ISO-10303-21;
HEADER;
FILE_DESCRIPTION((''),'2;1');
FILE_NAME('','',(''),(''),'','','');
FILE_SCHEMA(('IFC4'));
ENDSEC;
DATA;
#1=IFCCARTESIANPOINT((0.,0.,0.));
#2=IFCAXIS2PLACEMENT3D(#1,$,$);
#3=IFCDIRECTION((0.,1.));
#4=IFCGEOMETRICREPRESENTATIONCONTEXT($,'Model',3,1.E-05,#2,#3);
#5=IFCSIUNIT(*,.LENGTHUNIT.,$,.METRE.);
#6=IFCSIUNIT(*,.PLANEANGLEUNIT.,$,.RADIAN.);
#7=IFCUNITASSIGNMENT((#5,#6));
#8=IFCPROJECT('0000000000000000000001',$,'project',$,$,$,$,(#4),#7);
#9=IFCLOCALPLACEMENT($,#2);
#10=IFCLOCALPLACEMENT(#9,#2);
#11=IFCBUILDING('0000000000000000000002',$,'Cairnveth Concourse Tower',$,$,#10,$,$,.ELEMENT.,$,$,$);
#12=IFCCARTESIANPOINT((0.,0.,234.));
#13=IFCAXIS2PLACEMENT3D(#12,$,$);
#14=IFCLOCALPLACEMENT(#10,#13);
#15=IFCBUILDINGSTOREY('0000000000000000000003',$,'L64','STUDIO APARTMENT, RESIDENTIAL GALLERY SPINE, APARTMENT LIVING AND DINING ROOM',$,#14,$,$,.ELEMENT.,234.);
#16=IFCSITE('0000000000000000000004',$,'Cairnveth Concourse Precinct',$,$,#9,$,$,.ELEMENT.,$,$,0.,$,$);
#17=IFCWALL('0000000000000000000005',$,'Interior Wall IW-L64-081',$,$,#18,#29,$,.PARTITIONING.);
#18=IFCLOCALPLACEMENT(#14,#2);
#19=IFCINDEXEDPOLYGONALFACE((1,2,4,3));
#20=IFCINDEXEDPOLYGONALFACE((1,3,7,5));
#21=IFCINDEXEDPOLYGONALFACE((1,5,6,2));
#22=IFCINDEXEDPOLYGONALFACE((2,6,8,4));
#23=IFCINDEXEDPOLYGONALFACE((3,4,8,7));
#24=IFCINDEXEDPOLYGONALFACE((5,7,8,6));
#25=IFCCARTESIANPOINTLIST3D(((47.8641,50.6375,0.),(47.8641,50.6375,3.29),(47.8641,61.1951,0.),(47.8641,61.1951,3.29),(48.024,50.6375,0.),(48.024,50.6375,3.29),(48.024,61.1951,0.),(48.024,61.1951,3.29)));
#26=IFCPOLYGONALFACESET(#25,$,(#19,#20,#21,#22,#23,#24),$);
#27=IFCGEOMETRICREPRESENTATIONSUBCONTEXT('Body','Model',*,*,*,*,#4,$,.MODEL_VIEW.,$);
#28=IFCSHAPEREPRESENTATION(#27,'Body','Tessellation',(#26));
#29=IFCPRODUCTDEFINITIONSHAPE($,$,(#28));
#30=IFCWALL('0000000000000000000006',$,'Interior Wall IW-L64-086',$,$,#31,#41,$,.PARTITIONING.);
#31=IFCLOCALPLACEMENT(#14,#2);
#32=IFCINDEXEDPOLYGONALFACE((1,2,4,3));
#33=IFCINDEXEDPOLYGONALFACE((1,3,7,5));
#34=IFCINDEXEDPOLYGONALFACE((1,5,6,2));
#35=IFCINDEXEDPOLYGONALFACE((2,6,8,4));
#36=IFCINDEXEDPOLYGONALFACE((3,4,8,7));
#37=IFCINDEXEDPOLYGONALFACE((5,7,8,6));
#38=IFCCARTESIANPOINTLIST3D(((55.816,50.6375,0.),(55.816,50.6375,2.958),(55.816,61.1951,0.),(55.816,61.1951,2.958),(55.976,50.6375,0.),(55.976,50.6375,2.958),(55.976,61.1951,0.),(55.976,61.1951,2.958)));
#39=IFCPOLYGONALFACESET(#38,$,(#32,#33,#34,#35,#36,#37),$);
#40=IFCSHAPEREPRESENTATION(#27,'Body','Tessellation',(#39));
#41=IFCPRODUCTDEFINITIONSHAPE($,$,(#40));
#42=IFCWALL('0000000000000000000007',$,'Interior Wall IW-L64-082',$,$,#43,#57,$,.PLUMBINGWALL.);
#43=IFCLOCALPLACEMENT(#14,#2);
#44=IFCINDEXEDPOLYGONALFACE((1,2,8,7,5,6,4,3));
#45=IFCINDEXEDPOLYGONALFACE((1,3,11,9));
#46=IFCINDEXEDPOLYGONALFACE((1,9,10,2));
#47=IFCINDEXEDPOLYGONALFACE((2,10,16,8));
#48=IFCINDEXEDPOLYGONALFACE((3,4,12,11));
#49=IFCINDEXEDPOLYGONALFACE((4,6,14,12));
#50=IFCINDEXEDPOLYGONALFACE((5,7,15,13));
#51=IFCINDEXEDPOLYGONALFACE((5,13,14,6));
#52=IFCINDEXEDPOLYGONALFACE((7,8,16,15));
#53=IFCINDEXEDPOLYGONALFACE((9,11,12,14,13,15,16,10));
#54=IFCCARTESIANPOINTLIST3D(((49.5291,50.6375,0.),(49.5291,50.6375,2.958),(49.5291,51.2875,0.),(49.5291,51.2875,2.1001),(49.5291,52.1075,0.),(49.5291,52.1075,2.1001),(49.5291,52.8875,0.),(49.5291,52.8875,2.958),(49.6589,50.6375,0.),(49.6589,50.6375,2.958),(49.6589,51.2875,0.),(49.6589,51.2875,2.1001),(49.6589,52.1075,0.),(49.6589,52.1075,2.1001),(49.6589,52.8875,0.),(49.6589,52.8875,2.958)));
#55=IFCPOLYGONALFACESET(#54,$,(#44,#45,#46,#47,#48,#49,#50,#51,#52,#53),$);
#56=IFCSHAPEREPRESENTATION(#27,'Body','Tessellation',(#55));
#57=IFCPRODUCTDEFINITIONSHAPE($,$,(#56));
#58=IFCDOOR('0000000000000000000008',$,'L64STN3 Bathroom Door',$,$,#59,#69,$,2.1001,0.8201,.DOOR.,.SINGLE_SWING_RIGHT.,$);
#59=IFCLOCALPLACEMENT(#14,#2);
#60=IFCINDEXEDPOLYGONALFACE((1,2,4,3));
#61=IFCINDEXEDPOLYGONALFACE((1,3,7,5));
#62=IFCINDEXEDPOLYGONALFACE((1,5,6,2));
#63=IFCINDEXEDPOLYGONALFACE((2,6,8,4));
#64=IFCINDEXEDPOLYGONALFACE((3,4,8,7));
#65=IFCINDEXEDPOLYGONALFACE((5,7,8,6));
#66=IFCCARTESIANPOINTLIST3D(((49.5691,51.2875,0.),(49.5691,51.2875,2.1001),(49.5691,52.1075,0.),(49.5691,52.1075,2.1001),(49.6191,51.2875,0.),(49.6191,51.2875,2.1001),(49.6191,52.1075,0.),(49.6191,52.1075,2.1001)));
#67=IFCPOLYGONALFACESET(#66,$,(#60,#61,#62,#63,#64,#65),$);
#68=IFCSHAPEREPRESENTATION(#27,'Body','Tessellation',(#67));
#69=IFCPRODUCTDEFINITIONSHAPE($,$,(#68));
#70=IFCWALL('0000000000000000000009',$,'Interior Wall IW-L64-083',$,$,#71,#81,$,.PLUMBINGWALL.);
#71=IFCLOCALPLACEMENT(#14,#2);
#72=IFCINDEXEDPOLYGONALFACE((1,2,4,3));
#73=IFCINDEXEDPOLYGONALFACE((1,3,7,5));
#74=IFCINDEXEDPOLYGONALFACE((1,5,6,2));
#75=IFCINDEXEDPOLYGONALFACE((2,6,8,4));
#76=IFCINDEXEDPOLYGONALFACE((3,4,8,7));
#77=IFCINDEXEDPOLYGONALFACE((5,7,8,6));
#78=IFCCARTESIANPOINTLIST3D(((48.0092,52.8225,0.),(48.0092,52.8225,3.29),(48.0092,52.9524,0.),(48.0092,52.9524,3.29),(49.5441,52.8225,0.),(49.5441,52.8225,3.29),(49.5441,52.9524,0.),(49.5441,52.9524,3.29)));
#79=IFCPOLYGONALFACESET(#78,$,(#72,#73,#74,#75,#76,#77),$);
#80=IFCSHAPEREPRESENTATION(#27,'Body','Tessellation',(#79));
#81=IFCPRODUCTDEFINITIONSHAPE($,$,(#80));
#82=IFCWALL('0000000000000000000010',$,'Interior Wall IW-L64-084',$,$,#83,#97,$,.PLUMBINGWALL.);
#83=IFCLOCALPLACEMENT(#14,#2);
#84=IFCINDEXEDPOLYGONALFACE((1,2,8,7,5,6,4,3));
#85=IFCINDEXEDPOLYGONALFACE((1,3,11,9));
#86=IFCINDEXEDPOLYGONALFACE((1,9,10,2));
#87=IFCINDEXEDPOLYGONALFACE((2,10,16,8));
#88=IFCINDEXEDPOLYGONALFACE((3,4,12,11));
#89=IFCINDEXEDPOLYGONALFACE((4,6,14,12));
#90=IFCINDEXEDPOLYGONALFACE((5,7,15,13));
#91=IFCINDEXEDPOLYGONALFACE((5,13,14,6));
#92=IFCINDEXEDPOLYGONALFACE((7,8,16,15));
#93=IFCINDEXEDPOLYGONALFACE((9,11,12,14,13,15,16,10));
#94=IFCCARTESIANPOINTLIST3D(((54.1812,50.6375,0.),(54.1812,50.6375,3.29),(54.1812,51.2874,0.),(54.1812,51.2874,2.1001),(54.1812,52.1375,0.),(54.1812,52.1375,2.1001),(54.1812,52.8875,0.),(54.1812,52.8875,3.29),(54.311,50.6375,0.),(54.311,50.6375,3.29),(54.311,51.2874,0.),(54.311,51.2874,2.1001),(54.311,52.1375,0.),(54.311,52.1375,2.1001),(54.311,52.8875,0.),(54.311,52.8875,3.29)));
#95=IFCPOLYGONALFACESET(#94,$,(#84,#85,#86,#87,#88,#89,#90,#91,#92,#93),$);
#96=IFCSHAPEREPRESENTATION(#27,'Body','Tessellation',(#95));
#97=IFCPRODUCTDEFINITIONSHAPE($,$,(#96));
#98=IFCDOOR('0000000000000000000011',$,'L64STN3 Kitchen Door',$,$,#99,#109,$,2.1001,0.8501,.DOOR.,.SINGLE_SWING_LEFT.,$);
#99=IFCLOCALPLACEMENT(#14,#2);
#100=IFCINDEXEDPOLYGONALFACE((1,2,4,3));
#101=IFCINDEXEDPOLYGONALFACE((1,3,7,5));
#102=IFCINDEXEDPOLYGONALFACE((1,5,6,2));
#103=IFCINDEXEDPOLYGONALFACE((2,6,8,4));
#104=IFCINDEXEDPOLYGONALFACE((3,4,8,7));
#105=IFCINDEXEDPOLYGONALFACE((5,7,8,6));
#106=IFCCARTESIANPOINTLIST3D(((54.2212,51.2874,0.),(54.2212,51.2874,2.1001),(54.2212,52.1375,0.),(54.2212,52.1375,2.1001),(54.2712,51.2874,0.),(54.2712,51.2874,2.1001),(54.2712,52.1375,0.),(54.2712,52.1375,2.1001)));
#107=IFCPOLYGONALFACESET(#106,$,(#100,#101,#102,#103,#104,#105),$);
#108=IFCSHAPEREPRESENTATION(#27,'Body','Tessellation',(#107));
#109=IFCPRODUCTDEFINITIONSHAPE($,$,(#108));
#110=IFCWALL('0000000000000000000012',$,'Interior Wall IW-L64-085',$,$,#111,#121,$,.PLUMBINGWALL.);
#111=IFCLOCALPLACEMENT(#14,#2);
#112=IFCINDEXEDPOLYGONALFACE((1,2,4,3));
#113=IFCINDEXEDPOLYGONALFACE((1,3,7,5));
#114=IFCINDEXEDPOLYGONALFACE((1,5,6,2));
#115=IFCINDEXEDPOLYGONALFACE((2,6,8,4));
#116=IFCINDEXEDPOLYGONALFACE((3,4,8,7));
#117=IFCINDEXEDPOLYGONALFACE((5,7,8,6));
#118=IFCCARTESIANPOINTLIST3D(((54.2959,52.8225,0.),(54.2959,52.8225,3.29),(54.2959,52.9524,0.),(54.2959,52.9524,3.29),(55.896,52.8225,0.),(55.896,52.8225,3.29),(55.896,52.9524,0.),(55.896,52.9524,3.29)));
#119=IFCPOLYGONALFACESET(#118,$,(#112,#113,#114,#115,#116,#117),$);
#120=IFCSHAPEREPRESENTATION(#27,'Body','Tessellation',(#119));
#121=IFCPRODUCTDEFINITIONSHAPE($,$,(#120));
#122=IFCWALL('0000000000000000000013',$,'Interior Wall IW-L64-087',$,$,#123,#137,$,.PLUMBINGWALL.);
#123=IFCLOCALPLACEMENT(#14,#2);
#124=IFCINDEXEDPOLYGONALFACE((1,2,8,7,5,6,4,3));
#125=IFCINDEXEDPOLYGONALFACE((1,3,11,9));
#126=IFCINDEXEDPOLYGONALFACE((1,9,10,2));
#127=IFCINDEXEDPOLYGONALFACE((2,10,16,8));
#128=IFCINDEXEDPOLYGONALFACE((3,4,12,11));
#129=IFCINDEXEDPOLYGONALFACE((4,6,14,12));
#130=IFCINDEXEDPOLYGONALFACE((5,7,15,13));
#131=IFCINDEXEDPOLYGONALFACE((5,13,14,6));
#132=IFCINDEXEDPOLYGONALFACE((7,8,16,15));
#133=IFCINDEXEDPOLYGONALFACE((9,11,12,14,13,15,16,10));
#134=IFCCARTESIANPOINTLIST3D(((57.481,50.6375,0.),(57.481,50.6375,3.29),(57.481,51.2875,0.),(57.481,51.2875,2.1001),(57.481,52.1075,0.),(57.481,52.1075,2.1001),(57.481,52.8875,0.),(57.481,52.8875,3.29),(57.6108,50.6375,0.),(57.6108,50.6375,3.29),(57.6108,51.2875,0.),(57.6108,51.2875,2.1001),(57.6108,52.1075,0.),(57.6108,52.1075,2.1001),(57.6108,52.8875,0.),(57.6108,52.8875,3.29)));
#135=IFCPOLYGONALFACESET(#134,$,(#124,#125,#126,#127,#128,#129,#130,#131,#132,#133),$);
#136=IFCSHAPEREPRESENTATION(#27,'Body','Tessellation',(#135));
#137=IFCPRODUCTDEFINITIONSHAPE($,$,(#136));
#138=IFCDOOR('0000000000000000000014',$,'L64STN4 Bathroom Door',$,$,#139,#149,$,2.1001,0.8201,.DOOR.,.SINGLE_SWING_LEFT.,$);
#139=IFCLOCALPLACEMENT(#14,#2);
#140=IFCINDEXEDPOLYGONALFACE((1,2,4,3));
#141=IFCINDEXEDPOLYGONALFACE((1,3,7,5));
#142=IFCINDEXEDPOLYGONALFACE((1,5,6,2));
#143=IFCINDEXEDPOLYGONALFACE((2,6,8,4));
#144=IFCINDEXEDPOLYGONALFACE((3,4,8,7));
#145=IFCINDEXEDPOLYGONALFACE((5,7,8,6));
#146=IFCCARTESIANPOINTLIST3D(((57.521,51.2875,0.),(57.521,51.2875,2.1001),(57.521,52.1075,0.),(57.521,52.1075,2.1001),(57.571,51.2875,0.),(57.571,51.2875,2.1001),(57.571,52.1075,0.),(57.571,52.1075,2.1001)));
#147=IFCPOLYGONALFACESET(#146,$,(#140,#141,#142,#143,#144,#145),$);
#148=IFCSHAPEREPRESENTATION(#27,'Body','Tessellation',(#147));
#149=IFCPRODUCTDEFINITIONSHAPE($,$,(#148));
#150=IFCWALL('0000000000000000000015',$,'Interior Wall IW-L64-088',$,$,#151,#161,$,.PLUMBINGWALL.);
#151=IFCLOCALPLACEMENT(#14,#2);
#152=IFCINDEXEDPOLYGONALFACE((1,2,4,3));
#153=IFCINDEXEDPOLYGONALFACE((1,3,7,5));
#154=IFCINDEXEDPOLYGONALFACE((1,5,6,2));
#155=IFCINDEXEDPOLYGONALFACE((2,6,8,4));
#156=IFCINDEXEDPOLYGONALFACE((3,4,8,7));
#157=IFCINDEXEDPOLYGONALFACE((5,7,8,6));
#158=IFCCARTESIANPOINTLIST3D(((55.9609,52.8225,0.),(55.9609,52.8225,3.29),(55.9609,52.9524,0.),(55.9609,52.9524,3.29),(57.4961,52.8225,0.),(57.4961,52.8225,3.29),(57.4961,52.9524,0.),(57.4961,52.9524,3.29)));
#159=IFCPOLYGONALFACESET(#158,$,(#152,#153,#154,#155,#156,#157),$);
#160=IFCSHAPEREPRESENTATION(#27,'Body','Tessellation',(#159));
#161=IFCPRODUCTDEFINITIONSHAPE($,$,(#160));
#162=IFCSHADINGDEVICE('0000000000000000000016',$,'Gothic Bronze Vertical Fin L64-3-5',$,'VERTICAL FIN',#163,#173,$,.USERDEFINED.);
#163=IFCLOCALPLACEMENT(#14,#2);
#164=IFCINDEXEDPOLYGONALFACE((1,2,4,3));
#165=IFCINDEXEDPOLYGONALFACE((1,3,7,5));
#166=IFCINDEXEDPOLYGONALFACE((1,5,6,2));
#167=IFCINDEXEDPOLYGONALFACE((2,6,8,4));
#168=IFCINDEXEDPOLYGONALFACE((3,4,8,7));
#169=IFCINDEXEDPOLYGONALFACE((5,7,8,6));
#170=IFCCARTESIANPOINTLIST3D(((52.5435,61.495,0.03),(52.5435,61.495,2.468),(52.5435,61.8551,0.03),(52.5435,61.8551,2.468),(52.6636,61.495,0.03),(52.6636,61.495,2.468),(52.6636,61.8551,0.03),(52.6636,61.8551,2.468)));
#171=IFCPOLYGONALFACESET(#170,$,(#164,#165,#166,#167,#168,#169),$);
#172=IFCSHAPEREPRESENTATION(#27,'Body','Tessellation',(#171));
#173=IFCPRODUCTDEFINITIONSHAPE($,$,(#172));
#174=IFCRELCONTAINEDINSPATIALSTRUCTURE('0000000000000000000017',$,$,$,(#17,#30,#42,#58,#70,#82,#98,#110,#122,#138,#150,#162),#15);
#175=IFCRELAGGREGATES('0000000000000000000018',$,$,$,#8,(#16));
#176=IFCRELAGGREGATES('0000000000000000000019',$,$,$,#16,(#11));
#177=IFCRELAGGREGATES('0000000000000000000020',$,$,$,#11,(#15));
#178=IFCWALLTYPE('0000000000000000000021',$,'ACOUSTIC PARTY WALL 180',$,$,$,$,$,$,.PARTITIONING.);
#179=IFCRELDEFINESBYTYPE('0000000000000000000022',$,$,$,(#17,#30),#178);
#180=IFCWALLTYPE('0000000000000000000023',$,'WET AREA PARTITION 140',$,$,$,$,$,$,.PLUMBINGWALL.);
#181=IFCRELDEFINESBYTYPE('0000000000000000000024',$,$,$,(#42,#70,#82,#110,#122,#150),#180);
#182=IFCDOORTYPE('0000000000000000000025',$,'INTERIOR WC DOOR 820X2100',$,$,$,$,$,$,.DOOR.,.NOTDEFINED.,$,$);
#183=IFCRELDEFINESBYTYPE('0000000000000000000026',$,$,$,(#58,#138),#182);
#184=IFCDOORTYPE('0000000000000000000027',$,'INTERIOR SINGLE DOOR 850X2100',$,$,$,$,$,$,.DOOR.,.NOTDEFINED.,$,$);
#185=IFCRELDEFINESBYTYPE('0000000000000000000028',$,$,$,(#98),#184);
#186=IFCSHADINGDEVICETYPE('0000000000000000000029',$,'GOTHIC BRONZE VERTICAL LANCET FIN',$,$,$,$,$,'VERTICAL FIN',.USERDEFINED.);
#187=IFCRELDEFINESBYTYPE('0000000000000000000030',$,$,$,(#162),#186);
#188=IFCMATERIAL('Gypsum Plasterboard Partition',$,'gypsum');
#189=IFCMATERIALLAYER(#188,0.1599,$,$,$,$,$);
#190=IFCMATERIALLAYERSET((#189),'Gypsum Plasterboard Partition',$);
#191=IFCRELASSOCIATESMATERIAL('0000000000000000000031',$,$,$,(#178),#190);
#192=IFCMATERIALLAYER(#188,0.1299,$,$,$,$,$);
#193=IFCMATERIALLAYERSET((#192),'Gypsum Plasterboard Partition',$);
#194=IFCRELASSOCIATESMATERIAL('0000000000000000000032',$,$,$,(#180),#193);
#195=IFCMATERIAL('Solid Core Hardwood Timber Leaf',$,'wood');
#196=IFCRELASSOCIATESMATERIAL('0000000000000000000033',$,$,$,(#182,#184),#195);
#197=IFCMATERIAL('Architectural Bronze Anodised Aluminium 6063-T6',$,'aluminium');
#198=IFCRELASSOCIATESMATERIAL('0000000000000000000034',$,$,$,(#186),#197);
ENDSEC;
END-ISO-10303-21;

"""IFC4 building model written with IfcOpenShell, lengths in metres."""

from ifc_helpers import new_model, si_unit, direction, frame, frame_2d, origin, origin_2d, place, context, subcontext, project, spatial, rectangle, extrude, material, layer, layer_set, type_object, element, fill, save


model = new_model("IFC4")

# Units and contexts
model_context = context("Model", 3, precision=1e-05, world=origin(), true_north=direction((0.0, 1.0)))
body_context = subcontext(model_context, "Body", "Model", "MODEL_VIEW")
ifc_project = project(units=[si_unit("LENGTHUNIT", "METRE"), si_unit("PLANEANGLEUNIT", "RADIAN")], contexts=[model_context])

# Site, building, storey
site_placement = place(None, origin())
site = spatial("IfcSite", under=ifc_project, at=site_placement, Name="Cairnveth Concourse Precinct", CompositionType="ELEMENT", RefElevation=0.0)
building_placement = place(site_placement, origin())
building = spatial("IfcBuilding", under=site, at=building_placement, Name="Cairnveth Concourse Tower", CompositionType="ELEMENT")
storey_placement = place(building_placement, frame((0.0, 0.0, 234.0)))
storey = spatial("IfcBuildingStorey", under=building, at=storey_placement, Name="L64", Description="STUDIO APARTMENT, RESIDENTIAL GALLERY SPINE, APARTMENT LIVING AND DINING ROOM", CompositionType="ELEMENT", Elevation=234.0)

# Walls
ifc_material_1 = material(Name="Gypsum Plasterboard Partition", Category="gypsum")
ifc_layer_1 = layer(ifc_material_1, 0.1599)
ifc_layer_set_1 = layer_set([ifc_layer_1], Name="Gypsum Plasterboard Partition")
wall_type_1 = type_object("IfcWallType", Name="ACOUSTIC PARTY WALL 180", PredefinedType="PARTITIONING", material=ifc_layer_set_1)
wall_1_placement = place(storey_placement, frame((47.9441, 50.6375, 0.0), z_axis=(0.0, 0.0, 1.0), x_axis=(0.0, 1.0, 0.0)))
element("IfcWall", 1, at=wall_1_placement, inside=storey, type_object=wall_type_1, Name="Interior Wall IW-L64-081", PredefinedType="PARTITIONING", context=body_context, shape_type="SweptSolid", body=[
    extrude(rectangle(XDim=10.5576, YDim=0.1599, at=frame_2d((5.2788, 0.0))), origin(), (0.0, 0.0, 1.0), 3.29),
])
wall_2_placement = place(storey_placement, frame((55.896, 50.6375, 0.0), z_axis=(0.0, 0.0, 1.0), x_axis=(0.0, 1.0, 0.0)))
element("IfcWall", 2, at=wall_2_placement, inside=storey, type_object=wall_type_1, Name="Interior Wall IW-L64-086", PredefinedType="PARTITIONING", context=body_context, shape_type="SweptSolid", body=[
    extrude(rectangle(XDim=10.5576, YDim=0.1599, at=frame_2d((5.2788, 0.0))), origin(), (0.0, 0.0, 1.0), 2.958),
])

# Wall, opening, door
ifc_layer_2 = layer(ifc_material_1, 0.1299)
ifc_layer_set_2 = layer_set([ifc_layer_2], Name="Gypsum Plasterboard Partition")
wall_type_2 = type_object("IfcWallType", Name="WET AREA PARTITION 140", PredefinedType="PLUMBINGWALL", material=ifc_layer_set_2)
wall_3_placement = place(storey_placement, frame((49.594, 50.6375, 0.0), z_axis=(0.0, 0.0, 1.0), x_axis=(0.0, 1.0, 0.0)))
wall_3 = element("IfcWall", 3, at=wall_3_placement, inside=storey, type_object=wall_type_2, Name="Interior Wall IW-L64-082", PredefinedType="PLUMBINGWALL", context=body_context, shape_type="SweptSolid", body=[
    extrude(rectangle(XDim=2.25, YDim=0.1299, at=frame_2d((1.125, 0.0))), origin(), (0.0, 0.0, 1.0), 2.958),
])
opening_1_placement = place(wall_3_placement, frame((0.6499, 0.0, 0.0)))
opening_1 = element("IfcOpeningElement", 4, at=opening_1_placement, cuts=wall_3, PredefinedType="OPENING", context=body_context, shape_type="SweptSolid", body=[
    extrude(rectangle(XDim=0.8201, YDim=2.1001, at=frame_2d((0.4102, 1.05))), frame((0.0, 0.075, 0.0), z_axis=(0.0, -1.0, 0.0), x_axis=(1.0, 0.0, 0.0)), (0.0, 0.0, 1.0), 0.1499),
])
ifc_material_2 = material(Name="Solid Core Hardwood Timber Leaf", Category="wood")
door_type_1 = type_object("IfcDoorType", Name="INTERIOR WC DOOR 820X2100", OperationType="NOTDEFINED", PredefinedType="DOOR", material=ifc_material_2)
door_1_placement = place(opening_1_placement, origin())
door_1 = element("IfcDoor", 5, at=door_1_placement, inside=storey, type_object=door_type_1, Name="L64STN3 Bathroom Door", OperationType="SINGLE_SWING_RIGHT", OverallHeight=2.1001, OverallWidth=0.8201, PredefinedType="DOOR", context=body_context, shape_type="SweptSolid", body=[
    extrude(rectangle(XDim=0.8201, YDim=2.1001, at=frame_2d((0.4102, 1.05))), frame((0.0, 0.0249, 0.0), z_axis=(0.0, -1.0, 0.0), x_axis=(1.0, 0.0, 0.0)), (0.0, 0.0, 1.0), 0.05),
])
fill(opening_1, door_1)

# Wall
wall_4_placement = place(storey_placement, frame((48.009, 52.8875, 0.0), z_axis=(0.0, 0.0, 1.0), x_axis=(1.0, 0.0, 0.0)))
element("IfcWall", 6, at=wall_4_placement, inside=storey, type_object=wall_type_2, Name="Interior Wall IW-L64-083", PredefinedType="PLUMBINGWALL", context=body_context, shape_type="SweptSolid", body=[
    extrude(rectangle(XDim=1.5349, YDim=0.1299, at=frame_2d((0.7676, 0.0))), origin(), (0.0, 0.0, 1.0), 3.29),
])

# Wall, opening, door
wall_5_placement = place(storey_placement, frame((54.2461, 50.6375, 0.0), z_axis=(0.0, 0.0, 1.0), x_axis=(0.0, 1.0, 0.0)))
wall_5 = element("IfcWall", 7, at=wall_5_placement, inside=storey, type_object=wall_type_2, Name="Interior Wall IW-L64-084", PredefinedType="PLUMBINGWALL", context=body_context, shape_type="SweptSolid", body=[
    extrude(rectangle(XDim=2.25, YDim=0.1299, at=frame_2d((1.125, 0.0))), origin(), (0.0, 0.0, 1.0), 3.29),
])
opening_2_placement = place(wall_5_placement, frame((0.6499, 0.0, 0.0)))
opening_2 = element("IfcOpeningElement", 8, at=opening_2_placement, cuts=wall_5, PredefinedType="OPENING", context=body_context, shape_type="SweptSolid", body=[
    extrude(rectangle(XDim=0.8501, YDim=2.1001, at=frame_2d((0.425, 1.05))), frame((0.0, 0.075, 0.0), z_axis=(0.0, -1.0, 0.0), x_axis=(1.0, 0.0, 0.0)), (0.0, 0.0, 1.0), 0.1499),
])
door_type_2 = type_object("IfcDoorType", Name="INTERIOR SINGLE DOOR 850X2100", OperationType="NOTDEFINED", PredefinedType="DOOR", material=ifc_material_2)
door_2_placement = place(opening_2_placement, origin())
door_2 = element("IfcDoor", 9, at=door_2_placement, inside=storey, type_object=door_type_2, Name="L64STN3 Kitchen Door", OperationType="SINGLE_SWING_LEFT", OverallHeight=2.1001, OverallWidth=0.8501, PredefinedType="DOOR", context=body_context, shape_type="SweptSolid", body=[
    extrude(rectangle(XDim=0.8501, YDim=2.1001, at=frame_2d((0.425, 1.05))), frame((0.0, 0.0249, 0.0), z_axis=(0.0, -1.0, 0.0), x_axis=(1.0, 0.0, 0.0)), (0.0, 0.0, 1.0), 0.05),
])
fill(opening_2, door_2)

# Wall
wall_6_placement = place(storey_placement, frame((54.2959, 52.8875, 0.0), z_axis=(0.0, 0.0, 1.0), x_axis=(1.0, 0.0, 0.0)))
element("IfcWall", 10, at=wall_6_placement, inside=storey, type_object=wall_type_2, Name="Interior Wall IW-L64-085", PredefinedType="PLUMBINGWALL", context=body_context, shape_type="SweptSolid", body=[
    extrude(rectangle(XDim=1.6001, YDim=0.1299, at=frame_2d((0.8, 0.0))), origin(), (0.0, 0.0, 1.0), 3.29),
])

# Wall, opening, door
wall_7_placement = place(storey_placement, frame((57.5459, 50.6375, 0.0), z_axis=(0.0, 0.0, 1.0), x_axis=(0.0, 1.0, 0.0)))
wall_7 = element("IfcWall", 11, at=wall_7_placement, inside=storey, type_object=wall_type_2, Name="Interior Wall IW-L64-087", PredefinedType="PLUMBINGWALL", context=body_context, shape_type="SweptSolid", body=[
    extrude(rectangle(XDim=2.25, YDim=0.1299, at=frame_2d((1.125, 0.0))), origin(), (0.0, 0.0, 1.0), 3.29),
])
opening_3_placement = place(wall_7_placement, frame((0.6499, 0.0, 0.0)))
opening_3 = element("IfcOpeningElement", 12, at=opening_3_placement, cuts=wall_7, PredefinedType="OPENING", context=body_context, shape_type="SweptSolid", body=[
    extrude(rectangle(XDim=0.8201, YDim=2.1001, at=frame_2d((0.4102, 1.05))), frame((0.0, 0.075, 0.0), z_axis=(0.0, -1.0, 0.0), x_axis=(1.0, 0.0, 0.0)), (0.0, 0.0, 1.0), 0.1499),
])
door_3_placement = place(opening_3_placement, origin())
door_3 = element("IfcDoor", 13, at=door_3_placement, inside=storey, type_object=door_type_1, Name="L64STN4 Bathroom Door", OperationType="SINGLE_SWING_LEFT", OverallHeight=2.1001, OverallWidth=0.8201, PredefinedType="DOOR", context=body_context, shape_type="SweptSolid", body=[
    extrude(rectangle(XDim=0.8201, YDim=2.1001, at=frame_2d((0.4102, 1.05))), frame((0.0, 0.0249, 0.0), z_axis=(0.0, -1.0, 0.0), x_axis=(1.0, 0.0, 0.0)), (0.0, 0.0, 1.0), 0.05),
])
fill(opening_3, door_3)

# Wall
wall_8_placement = place(storey_placement, frame((55.9609, 52.8875, 0.0), z_axis=(0.0, 0.0, 1.0), x_axis=(1.0, 0.0, 0.0)))
element("IfcWall", 14, at=wall_8_placement, inside=storey, type_object=wall_type_2, Name="Interior Wall IW-L64-088", PredefinedType="PLUMBINGWALL", context=body_context, shape_type="SweptSolid", body=[
    extrude(rectangle(XDim=1.5352, YDim=0.1299, at=frame_2d((0.7676, 0.0))), origin(), (0.0, 0.0, 1.0), 3.29),
])

# Shading device
ifc_material_3 = material(Name="Architectural Bronze Anodised Aluminium 6063-T6", Category="aluminium")
shading_device_type = type_object("IfcShadingDeviceType", Name="GOTHIC BRONZE VERTICAL LANCET FIN", ElementType="VERTICAL FIN", PredefinedType="USERDEFINED", material=ifc_material_3)
for number, where, z_axis, x_axis, name in (
    (15, (52.6035, 61.675, 0.03), (0.0, 0.0, 1.0), (1.0, 0.0, 0.0), "Gothic Bronze Vertical Fin L64-3-5"),
):
    element("IfcShadingDevice", number, at=place(storey_placement, frame(where, z_axis=z_axis, x_axis=x_axis)), inside=storey, type_object=shading_device_type, Name=name, ObjectType="VERTICAL FIN", PredefinedType="USERDEFINED", context=body_context, shape_type="SweptSolid", body=[
        extrude(rectangle(XDim=0.1201, YDim=0.3601, at=origin_2d()), origin(), (0.0, 0.0, 1.0), 2.438),
    ])

save(model, "model.ifc")
